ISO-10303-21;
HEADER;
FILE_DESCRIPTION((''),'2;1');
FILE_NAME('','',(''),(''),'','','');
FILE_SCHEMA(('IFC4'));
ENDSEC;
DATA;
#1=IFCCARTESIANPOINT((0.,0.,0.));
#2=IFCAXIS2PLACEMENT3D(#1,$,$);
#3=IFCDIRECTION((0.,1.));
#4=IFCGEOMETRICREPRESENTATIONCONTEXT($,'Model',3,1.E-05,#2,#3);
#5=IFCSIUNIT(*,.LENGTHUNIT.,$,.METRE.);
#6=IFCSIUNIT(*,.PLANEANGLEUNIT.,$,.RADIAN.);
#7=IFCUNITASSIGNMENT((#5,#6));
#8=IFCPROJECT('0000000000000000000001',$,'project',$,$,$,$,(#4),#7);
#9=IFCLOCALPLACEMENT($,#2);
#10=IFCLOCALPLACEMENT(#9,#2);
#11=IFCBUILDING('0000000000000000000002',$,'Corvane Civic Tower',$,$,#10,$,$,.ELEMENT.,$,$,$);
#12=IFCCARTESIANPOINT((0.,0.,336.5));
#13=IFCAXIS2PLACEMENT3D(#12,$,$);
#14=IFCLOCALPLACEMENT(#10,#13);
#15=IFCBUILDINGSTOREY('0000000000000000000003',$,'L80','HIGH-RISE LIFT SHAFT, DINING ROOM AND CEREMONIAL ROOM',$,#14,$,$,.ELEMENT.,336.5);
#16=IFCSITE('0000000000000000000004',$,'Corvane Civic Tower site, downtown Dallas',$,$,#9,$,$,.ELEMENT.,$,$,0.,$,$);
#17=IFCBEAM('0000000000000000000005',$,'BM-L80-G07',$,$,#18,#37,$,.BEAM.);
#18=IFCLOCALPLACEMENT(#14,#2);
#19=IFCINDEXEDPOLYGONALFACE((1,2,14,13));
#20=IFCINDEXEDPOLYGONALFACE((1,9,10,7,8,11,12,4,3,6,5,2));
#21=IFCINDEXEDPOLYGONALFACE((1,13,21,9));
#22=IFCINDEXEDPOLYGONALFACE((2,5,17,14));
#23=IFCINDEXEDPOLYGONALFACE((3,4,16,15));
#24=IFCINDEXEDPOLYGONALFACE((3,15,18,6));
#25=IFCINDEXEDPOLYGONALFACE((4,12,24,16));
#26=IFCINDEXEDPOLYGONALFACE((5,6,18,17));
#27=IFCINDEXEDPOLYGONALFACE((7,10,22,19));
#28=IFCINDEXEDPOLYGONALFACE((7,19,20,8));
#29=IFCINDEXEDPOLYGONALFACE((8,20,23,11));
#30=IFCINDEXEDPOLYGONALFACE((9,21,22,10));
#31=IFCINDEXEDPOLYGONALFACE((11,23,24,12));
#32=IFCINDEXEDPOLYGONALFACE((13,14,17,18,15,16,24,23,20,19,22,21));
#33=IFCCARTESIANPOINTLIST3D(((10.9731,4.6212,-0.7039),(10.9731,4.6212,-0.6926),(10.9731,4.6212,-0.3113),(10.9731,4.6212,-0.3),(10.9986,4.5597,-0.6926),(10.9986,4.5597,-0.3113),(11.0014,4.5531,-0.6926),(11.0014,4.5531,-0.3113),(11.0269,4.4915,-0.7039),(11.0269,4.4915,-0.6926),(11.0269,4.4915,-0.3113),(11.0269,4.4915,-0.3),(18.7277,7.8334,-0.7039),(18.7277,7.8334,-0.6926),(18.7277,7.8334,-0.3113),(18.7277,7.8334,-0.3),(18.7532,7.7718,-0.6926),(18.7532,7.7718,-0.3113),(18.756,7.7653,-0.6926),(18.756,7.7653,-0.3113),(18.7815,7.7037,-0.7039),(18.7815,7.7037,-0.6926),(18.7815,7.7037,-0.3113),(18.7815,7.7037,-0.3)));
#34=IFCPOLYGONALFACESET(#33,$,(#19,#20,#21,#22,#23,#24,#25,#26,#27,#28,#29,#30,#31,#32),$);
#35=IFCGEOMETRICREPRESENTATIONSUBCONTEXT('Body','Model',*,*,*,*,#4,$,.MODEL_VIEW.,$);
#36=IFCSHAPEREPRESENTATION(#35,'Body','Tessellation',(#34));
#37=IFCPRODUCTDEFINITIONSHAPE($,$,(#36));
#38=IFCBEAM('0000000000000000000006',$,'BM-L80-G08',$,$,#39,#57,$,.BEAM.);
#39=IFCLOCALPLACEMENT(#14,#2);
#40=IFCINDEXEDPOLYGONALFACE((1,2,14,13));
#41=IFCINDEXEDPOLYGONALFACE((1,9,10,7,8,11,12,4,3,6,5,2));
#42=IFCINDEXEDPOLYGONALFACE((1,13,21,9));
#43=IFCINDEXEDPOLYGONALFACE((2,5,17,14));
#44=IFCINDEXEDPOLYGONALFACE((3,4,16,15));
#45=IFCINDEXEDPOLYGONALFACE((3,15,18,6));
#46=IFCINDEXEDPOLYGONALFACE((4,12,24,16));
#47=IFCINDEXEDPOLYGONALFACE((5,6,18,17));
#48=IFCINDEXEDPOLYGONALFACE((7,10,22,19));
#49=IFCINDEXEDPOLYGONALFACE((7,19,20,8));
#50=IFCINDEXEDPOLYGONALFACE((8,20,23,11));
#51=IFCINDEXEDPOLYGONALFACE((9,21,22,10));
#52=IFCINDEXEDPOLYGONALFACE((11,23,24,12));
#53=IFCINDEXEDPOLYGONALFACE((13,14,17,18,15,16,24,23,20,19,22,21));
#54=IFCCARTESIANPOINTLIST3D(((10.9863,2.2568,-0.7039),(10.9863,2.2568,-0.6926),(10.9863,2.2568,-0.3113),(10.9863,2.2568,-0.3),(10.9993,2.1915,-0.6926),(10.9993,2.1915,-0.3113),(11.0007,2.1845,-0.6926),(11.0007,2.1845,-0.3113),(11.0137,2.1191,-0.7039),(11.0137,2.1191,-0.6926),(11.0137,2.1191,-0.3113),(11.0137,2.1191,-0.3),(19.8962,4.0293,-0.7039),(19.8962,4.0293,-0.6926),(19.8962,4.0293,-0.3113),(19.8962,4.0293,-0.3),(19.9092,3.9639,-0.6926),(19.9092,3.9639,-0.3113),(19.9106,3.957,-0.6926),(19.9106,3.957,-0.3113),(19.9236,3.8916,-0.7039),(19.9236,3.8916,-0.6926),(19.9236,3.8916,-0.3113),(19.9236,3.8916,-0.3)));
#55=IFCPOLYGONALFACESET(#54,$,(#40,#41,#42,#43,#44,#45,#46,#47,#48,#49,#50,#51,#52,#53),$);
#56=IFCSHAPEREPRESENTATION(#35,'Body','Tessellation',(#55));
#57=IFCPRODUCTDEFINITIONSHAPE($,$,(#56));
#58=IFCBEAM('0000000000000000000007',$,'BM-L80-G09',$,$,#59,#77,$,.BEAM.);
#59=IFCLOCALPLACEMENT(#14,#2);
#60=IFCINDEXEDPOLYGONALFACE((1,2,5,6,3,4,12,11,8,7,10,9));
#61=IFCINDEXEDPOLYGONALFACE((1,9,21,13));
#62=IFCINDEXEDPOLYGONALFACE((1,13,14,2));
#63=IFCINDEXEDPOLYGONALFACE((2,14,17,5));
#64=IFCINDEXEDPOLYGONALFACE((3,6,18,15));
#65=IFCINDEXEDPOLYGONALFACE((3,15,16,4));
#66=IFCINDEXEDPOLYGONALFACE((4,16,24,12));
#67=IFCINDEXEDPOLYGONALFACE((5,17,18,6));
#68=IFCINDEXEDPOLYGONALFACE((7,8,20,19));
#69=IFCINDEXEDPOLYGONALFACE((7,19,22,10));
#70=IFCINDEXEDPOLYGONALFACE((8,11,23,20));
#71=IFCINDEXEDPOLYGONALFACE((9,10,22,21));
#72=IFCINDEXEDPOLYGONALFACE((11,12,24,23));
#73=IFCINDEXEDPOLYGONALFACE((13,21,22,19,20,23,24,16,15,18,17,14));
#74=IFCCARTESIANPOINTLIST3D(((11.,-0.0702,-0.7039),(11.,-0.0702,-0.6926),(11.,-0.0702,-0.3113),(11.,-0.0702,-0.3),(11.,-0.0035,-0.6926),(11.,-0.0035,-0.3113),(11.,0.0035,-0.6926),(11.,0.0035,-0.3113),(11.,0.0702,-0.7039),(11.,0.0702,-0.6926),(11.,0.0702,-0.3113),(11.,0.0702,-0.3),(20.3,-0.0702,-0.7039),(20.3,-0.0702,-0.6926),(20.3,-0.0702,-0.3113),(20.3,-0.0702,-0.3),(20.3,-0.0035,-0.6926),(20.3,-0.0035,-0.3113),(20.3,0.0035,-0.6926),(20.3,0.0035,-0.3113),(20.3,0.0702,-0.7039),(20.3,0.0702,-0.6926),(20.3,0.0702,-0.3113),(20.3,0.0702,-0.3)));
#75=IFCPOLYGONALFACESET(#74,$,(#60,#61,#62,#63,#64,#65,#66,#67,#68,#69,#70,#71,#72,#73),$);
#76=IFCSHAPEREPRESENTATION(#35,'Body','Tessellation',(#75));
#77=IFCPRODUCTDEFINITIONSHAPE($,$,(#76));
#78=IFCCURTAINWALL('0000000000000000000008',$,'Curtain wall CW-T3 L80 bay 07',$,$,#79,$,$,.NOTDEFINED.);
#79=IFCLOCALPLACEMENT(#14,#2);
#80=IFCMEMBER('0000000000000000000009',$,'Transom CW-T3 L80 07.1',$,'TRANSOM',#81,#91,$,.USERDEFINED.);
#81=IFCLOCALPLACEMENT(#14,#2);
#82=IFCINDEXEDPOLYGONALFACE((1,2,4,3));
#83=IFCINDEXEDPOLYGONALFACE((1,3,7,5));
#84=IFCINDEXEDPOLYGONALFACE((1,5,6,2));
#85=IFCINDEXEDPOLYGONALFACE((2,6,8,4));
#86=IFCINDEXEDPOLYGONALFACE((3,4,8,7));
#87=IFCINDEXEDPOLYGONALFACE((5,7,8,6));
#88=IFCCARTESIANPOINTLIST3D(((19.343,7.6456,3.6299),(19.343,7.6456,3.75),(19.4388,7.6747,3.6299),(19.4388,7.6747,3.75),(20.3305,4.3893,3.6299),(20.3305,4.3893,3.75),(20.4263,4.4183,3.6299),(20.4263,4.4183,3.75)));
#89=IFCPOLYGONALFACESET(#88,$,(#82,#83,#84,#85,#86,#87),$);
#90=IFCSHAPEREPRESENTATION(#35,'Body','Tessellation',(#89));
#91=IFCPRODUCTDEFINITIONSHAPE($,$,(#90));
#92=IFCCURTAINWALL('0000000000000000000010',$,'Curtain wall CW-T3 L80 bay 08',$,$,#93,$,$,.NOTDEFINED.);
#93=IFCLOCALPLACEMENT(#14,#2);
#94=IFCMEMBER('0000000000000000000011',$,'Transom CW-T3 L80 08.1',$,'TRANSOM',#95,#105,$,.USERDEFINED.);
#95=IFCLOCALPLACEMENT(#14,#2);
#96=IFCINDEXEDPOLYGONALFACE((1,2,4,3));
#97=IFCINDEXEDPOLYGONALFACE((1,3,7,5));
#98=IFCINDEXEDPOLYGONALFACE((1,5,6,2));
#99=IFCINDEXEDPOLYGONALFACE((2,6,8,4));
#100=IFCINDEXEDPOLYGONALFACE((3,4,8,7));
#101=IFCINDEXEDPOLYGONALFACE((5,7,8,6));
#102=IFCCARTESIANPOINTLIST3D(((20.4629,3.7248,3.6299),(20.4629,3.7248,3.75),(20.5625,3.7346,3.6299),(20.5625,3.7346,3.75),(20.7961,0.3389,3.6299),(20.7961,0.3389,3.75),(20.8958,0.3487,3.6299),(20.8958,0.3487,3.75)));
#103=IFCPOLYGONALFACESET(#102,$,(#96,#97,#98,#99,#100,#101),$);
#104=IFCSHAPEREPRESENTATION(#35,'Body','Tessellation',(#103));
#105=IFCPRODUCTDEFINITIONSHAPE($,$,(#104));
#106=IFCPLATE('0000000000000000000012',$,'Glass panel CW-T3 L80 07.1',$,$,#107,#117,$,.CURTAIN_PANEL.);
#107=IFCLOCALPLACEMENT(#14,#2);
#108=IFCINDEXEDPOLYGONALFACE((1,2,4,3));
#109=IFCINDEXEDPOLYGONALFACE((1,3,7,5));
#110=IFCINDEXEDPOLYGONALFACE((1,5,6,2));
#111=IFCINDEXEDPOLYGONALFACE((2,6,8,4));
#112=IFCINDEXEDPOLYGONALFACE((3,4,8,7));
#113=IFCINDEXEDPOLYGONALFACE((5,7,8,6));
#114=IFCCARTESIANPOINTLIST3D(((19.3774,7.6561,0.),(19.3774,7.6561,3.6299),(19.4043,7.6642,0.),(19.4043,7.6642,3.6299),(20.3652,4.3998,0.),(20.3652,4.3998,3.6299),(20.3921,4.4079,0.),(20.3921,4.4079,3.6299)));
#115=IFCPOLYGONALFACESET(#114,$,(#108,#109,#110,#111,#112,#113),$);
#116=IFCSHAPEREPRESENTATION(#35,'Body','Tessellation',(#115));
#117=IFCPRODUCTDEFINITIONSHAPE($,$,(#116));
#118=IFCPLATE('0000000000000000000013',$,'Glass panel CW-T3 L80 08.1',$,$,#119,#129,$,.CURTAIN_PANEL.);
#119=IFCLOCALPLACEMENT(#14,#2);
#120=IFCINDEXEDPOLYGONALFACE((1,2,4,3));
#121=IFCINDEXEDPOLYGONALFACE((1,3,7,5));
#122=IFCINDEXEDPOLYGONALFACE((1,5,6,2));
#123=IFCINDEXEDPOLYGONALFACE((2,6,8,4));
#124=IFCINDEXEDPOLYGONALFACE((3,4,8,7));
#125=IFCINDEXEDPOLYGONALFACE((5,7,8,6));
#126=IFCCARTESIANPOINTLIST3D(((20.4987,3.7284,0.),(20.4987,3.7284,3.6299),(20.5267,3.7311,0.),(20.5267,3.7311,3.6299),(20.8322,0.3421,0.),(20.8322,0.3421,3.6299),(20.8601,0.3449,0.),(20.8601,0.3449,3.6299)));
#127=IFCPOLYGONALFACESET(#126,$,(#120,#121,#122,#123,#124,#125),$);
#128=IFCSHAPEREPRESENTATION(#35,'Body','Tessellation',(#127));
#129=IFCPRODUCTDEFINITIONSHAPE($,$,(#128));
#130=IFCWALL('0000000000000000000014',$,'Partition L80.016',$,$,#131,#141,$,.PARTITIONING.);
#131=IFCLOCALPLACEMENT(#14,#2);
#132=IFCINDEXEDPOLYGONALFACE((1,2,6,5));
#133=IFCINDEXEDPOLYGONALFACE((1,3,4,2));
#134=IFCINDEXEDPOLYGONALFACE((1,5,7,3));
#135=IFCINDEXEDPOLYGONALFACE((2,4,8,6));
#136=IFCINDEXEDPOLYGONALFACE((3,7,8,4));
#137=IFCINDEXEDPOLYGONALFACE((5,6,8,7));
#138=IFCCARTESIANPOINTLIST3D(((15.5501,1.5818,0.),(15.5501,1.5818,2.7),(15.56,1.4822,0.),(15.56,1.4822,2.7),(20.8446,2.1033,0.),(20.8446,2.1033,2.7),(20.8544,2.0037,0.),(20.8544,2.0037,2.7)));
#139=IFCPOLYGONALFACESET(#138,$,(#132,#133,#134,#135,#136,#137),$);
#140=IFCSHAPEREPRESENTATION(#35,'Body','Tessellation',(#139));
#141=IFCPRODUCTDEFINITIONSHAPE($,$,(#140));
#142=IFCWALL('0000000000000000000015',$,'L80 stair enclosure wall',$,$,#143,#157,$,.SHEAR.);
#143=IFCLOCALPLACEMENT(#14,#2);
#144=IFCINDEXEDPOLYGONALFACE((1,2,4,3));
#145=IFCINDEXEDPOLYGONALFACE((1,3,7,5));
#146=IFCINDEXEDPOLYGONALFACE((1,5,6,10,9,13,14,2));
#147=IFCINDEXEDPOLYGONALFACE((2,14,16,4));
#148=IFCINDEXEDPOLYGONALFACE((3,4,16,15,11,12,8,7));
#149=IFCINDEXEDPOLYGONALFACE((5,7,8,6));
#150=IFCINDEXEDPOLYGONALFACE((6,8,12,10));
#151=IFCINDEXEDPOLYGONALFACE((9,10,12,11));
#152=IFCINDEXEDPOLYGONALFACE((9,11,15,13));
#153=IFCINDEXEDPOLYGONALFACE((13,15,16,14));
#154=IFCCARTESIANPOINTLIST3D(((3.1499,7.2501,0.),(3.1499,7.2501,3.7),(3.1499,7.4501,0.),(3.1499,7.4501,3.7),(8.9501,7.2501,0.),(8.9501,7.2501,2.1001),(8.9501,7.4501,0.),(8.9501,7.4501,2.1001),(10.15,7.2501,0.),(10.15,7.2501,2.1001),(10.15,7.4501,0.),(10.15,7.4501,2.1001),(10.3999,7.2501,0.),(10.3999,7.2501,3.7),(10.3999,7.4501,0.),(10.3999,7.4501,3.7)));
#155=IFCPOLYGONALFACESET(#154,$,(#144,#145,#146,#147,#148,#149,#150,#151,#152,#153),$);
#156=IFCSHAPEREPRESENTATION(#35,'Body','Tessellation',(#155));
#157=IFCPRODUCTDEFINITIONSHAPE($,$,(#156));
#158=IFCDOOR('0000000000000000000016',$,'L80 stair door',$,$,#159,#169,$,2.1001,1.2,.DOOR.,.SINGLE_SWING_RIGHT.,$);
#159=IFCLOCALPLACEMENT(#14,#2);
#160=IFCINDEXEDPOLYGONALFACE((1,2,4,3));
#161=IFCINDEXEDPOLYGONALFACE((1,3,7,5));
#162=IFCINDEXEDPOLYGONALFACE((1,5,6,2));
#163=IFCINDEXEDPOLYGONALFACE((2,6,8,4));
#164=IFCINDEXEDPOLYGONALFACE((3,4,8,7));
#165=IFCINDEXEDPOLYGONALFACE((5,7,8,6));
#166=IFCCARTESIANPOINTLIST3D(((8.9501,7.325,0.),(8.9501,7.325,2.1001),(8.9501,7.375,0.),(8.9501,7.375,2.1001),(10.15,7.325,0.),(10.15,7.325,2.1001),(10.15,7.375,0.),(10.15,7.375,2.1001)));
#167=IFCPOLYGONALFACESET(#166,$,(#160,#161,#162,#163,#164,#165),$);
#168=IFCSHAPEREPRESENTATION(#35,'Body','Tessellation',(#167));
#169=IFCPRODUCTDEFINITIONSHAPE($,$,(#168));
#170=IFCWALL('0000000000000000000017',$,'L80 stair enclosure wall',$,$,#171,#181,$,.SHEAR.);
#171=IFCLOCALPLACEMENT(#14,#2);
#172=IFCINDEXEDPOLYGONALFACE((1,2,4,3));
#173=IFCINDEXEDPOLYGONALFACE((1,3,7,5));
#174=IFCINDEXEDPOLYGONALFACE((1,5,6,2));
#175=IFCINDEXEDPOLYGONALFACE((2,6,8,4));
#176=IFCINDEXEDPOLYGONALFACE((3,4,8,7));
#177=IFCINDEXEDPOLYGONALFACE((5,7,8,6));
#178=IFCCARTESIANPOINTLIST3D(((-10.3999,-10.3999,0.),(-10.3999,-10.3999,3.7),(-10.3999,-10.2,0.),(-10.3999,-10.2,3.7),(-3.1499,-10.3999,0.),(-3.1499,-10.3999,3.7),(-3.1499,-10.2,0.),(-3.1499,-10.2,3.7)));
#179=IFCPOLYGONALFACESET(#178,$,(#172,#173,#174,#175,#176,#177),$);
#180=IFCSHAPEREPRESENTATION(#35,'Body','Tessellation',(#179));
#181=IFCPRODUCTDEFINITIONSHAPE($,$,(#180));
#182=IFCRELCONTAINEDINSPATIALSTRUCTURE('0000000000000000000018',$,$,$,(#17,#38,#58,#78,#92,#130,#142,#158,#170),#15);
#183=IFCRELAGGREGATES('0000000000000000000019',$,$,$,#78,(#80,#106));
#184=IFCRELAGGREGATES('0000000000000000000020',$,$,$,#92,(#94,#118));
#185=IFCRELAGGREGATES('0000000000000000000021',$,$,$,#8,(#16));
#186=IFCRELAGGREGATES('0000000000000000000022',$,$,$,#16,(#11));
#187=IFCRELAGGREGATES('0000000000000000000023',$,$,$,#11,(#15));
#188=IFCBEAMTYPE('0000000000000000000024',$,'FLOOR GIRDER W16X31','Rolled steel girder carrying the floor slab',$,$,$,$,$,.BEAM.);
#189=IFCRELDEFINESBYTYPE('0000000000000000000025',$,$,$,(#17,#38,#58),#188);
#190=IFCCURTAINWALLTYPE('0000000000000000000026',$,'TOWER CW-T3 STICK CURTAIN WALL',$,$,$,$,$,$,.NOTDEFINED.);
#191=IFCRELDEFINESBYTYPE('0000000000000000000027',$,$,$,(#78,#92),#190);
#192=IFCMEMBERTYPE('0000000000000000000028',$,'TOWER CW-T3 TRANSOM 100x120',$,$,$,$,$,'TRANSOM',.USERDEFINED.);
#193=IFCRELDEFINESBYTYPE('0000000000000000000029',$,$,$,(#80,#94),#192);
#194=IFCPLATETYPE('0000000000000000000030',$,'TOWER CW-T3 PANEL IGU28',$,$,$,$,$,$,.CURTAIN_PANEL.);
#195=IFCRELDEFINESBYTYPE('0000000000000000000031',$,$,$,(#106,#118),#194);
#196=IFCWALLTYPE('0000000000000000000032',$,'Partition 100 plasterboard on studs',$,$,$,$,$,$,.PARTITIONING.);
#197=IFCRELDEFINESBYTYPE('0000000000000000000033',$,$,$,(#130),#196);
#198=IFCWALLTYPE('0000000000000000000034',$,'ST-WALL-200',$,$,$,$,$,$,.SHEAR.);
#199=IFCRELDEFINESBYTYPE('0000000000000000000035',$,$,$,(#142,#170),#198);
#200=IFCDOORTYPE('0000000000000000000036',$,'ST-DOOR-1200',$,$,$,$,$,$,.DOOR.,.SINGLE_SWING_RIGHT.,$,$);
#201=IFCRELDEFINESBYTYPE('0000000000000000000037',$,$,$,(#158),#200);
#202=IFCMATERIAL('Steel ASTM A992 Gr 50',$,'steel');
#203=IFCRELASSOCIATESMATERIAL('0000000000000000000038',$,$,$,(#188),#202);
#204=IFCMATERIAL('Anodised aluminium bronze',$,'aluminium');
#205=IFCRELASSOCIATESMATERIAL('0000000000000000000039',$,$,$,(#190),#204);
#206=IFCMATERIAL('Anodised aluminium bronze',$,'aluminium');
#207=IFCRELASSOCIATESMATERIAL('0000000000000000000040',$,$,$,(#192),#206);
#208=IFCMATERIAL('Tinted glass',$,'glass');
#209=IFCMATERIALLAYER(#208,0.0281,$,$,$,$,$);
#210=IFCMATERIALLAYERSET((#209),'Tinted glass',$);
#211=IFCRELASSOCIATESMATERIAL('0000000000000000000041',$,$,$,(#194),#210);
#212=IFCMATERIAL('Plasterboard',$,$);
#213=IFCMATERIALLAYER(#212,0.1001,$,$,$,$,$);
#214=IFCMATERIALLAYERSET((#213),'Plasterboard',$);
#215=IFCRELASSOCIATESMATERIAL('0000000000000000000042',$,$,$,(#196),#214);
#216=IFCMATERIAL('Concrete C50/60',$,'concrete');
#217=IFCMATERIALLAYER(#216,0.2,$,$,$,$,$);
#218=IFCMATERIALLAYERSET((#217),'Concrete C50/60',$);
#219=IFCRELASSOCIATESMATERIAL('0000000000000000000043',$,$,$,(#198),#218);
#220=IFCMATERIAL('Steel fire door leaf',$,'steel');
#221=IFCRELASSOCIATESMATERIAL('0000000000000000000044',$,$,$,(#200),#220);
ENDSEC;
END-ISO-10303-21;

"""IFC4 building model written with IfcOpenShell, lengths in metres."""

from ifc_helpers import new_model, si_unit, direction, frame, frame_2d, origin, origin_2d, place, context, subcontext, project, spatial, polyline, rectangle, i_section, outline, extrude, material, layer, layer_set, material_profile, profile_set, type_object, element, fill, aggregate, save


model = new_model("IFC4")

# Units and contexts
model_context = context("Model", 3, precision=1e-05, world=origin(), true_north=direction((0.0, 1.0)))
body_context = subcontext(model_context, "Body", "Model", "MODEL_VIEW")
ifc_project = project(units=[si_unit("LENGTHUNIT", "METRE"), si_unit("PLANEANGLEUNIT", "RADIAN")], contexts=[model_context])

# Site, building, storey
site_placement = place(None, origin())
site = spatial("IfcSite", under=ifc_project, at=site_placement, Name="Corvane Civic Tower site, downtown Dallas", CompositionType="ELEMENT", RefElevation=0.0)
building_placement = place(site_placement, origin())
building = spatial("IfcBuilding", under=site, at=building_placement, Name="Corvane Civic Tower", CompositionType="ELEMENT")
storey_placement = place(building_placement, frame((0.0, 0.0, 336.5)))
storey = spatial("IfcBuildingStorey", under=building, at=storey_placement, Name="L80", Description="HIGH-RISE LIFT SHAFT, DINING ROOM AND CEREMONIAL ROOM", CompositionType="ELEMENT", Elevation=336.5)

# Beams
ifc_material_1 = material(Name="Steel ASTM A992 Gr 50", Category="steel")
ifc_material_profile_1 = material_profile(ifc_material_1, i_section(OverallWidth=0.1404, OverallDepth=0.4038, WebThickness=0.0071, FlangeThickness=0.0112, at=origin_2d()), Name="W16X31")
ifc_profile_set_1 = profile_set([ifc_material_profile_1], Name="Steel ASTM A992 Gr 50")
beam_type_1 = type_object("IfcBeamType", Name="FLOOR GIRDER W16X31", Description="Rolled steel girder carrying the floor slab", PredefinedType="BEAM", material=ifc_profile_set_1)
beam_1_placement = place(storey_placement, frame((11.0, 4.5564, -0.502), z_axis=(0.923876, 0.382692, 0.0), x_axis=(-0.382692, 0.923876, 0.0)))
element("IfcBeam", 1, at=beam_1_placement, inside=storey, type_object=beam_type_1, Name="BM-L80-G07", PredefinedType="BEAM", context=body_context, shape_type="SweptSolid", body=[
    extrude(i_section(OverallWidth=0.1404, OverallDepth=0.4038, WebThickness=0.0071, FlangeThickness=0.0112, at=origin_2d()), origin(), (0.0, 0.0, 1.0), 8.3936),
])
beam_2_placement = place(storey_placement, frame((11.0, 2.188, -0.502), z_axis=(0.980782, 0.195108, 0.0), x_axis=(-0.195108, 0.980782, 0.0)))
element("IfcBeam", 2, at=beam_2_placement, inside=storey, type_object=beam_type_1, Name="BM-L80-G08", PredefinedType="BEAM", context=body_context, shape_type="SweptSolid", body=[
    extrude(i_section(OverallWidth=0.1404, OverallDepth=0.4038, WebThickness=0.0071, FlangeThickness=0.0112, at=origin_2d()), origin(), (0.0, 0.0, 1.0), 9.0845),
])
beam_3_placement = place(storey_placement, frame((11.0, 0.0, -0.502), z_axis=(1.0, 0.0, 0.0), x_axis=(0.0, 1.0, 0.0)))
element("IfcBeam", 3, at=beam_3_placement, inside=storey, type_object=beam_type_1, Name="BM-L80-G09", PredefinedType="BEAM", context=body_context, shape_type="SweptSolid", body=[
    extrude(i_section(OverallWidth=0.1404, OverallDepth=0.4038, WebThickness=0.0071, FlangeThickness=0.0112, at=origin_2d()), origin(), (0.0, 0.0, 1.0), 9.3),
])

# Curtain walls, members
ifc_material_2 = material(Name="Anodised aluminium bronze", Category="aluminium")
curtain_wall_type = type_object("IfcCurtainWallType", Name="TOWER CW-T3 STICK CURTAIN WALL", PredefinedType="NOTDEFINED", material=ifc_material_2)
curtain_wall_1_placement = place(storey_placement, origin())
curtain_wall_1 = element("IfcCurtainWall", 4, at=curtain_wall_1_placement, inside=storey, type_object=curtain_wall_type, Name="Curtain wall CW-T3 L80 bay 07", PredefinedType="NOTDEFINED")
ifc_material_3 = material(Name="Anodised aluminium bronze", Category="aluminium")
ifc_material_profile_2 = material_profile(ifc_material_3, rectangle(XDim=0.1001, YDim=0.1201, at=origin_2d()), Name="TOWER CW-T3 TRANSOM 100x120")
ifc_profile_set_2 = profile_set([ifc_material_profile_2], Name="Anodised aluminium bronze")
member_type = type_object("IfcMemberType", Name="TOWER CW-T3 TRANSOM 100x120", ElementType="TRANSOM", PredefinedType="USERDEFINED", material=ifc_profile_set_2)
member_1_placement = place(storey_placement, frame((19.3909, 7.6602, 3.6899), z_axis=(0.290216, -0.956961, 0.0), x_axis=(0.956961, 0.290216, 0.0)))
member_1 = element("IfcMember", 5, at=member_1_placement, type_object=member_type, Name="Transom CW-T3 L80 07.1", ObjectType="TRANSOM", PredefinedType="USERDEFINED", context=body_context, shape_type="SweptSolid", body=[
    extrude(rectangle(XDim=0.1001, YDim=0.1201, at=origin_2d()), origin(), (0.0, 0.0, 1.0), 3.4028),
])
curtain_wall_2_placement = place(storey_placement, origin())
curtain_wall_2 = element("IfcCurtainWall", 6, at=curtain_wall_2_placement, inside=storey, type_object=curtain_wall_type, Name="Curtain wall CW-T3 L80 bay 08", PredefinedType="NOTDEFINED")
member_2_placement = place(storey_placement, frame((20.5127, 3.7297, 3.6899), z_axis=(0.097948, -0.995192, 0.0), x_axis=(0.995192, 0.097948, 0.0)))
member_2 = element("IfcMember", 7, at=member_2_placement, type_object=member_type, Name="Transom CW-T3 L80 08.1", ObjectType="TRANSOM", PredefinedType="USERDEFINED", context=body_context, shape_type="SweptSolid", body=[
    extrude(rectangle(XDim=0.1001, YDim=0.1201, at=origin_2d()), origin(), (0.0, 0.0, 1.0), 3.4023),
])

# Plates
ifc_material_4 = material(Name="Tinted glass", Category="glass")
ifc_layer_1 = layer(ifc_material_4, 0.0281)
ifc_layer_set_1 = layer_set([ifc_layer_1], Name="Tinted glass")
plate_type = type_object("IfcPlateType", Name="TOWER CW-T3 PANEL IGU28", PredefinedType="CURTAIN_PANEL", material=ifc_layer_set_1)
plate_1_placement = place(storey_placement, frame((19.8848, 6.032, 0.0), z_axis=(0.0, 0.0, 1.0), x_axis=(0.29029, -0.956939, 0.0)))
plate_1 = element("IfcPlate", 8, at=plate_1_placement, type_object=plate_type, Name="Glass panel CW-T3 L80 07.1", PredefinedType="CURTAIN_PANEL", context=body_context, shape_type="SweptSolid", body=[
    extrude(rectangle(XDim=3.4028, YDim=0.0281, at=origin_2d()), origin(), (0.0, 0.0, 1.0), 3.6299),
])
aggregate(curtain_wall_1, [member_1, plate_1])
plate_2_placement = place(storey_placement, frame((20.6794, 2.0366, 0.0), z_axis=(0.0, 0.0, 1.0), x_axis=(0.097998, -0.995187, 0.0)))
plate_2 = element("IfcPlate", 9, at=plate_2_placement, type_object=plate_type, Name="Glass panel CW-T3 L80 08.1", PredefinedType="CURTAIN_PANEL", context=body_context, shape_type="SweptSolid", body=[
    extrude(rectangle(XDim=3.4026, YDim=0.0281, at=origin_2d()), origin(), (0.0, 0.0, 1.0), 3.6299),
])
aggregate(curtain_wall_2, [member_2, plate_2])

# Wall
ifc_material_5 = material(Name="Plasterboard")
ifc_layer_2 = layer(ifc_material_5, 0.1001)
ifc_layer_set_2 = layer_set([ifc_layer_2], Name="Plasterboard")
wall_type_1 = type_object("IfcWallType", Name="Partition 100 plasterboard on studs", PredefinedType="PARTITIONING", material=ifc_layer_set_2)
wall_1_placement = place(storey_placement, frame((15.5549, 1.532, 0.0), z_axis=(0.0, 0.0, 1.0), x_axis=(0.995184, 0.098022, 0.0)))
element("IfcWall", 10, at=wall_1_placement, inside=storey, type_object=wall_type_1, Name="Partition L80.016", PredefinedType="PARTITIONING", context=body_context, shape_type="SweptSolid", body=[
    extrude(rectangle(XDim=5.3201, YDim=0.1001, at=frame_2d((2.6602, 0.0))), origin(), (0.0, 0.0, 1.0), 2.7),
])

# Wall, opening, door
ifc_material_6 = material(Name="Concrete C50/60", Category="concrete")
ifc_layer_3 = layer(ifc_material_6, 0.2)
ifc_layer_set_3 = layer_set([ifc_layer_3], Name="Concrete C50/60")
wall_type_2 = type_object("IfcWallType", Name="ST-WALL-200", PredefinedType="SHEAR", material=ifc_layer_set_3)
wall_2_placement = place(storey_placement, frame((3.1499, 7.3501, 0.0), z_axis=(0.0, 0.0, 1.0), x_axis=(1.0, 0.0, 0.0)))
wall_2 = element("IfcWall", 11, at=wall_2_placement, inside=storey, type_object=wall_type_2, Name="L80 stair enclosure wall", PredefinedType="SHEAR", context=body_context, shape_type="SweptSolid", body=[
    extrude(rectangle(XDim=7.25, YDim=0.2, at=frame_2d((3.625, 0.0))), origin(), (0.0, 0.0, 1.0), 3.7),
])
opening_1_placement = place(wall_2_placement, frame((5.8, 0.0, 0.0)))
opening_1 = element("IfcOpeningElement", 12, at=opening_1_placement, cuts=wall_2, PredefinedType="OPENING", context=body_context, shape_type="SweptSolid", body=[
    extrude(rectangle(XDim=1.2, YDim=2.1001, at=frame_2d((0.6001, 1.05))), frame((0.0, 0.1099, 0.0), z_axis=(0.0, -1.0, 0.0), x_axis=(1.0, 0.0, 0.0)), (0.0, 0.0, 1.0), 0.22),
])
ifc_material_7 = material(Name="Steel fire door leaf", Category="steel")
door_type_1 = type_object("IfcDoorType", Name="ST-DOOR-1200", OperationType="SINGLE_SWING_RIGHT", PredefinedType="DOOR", material=ifc_material_7)
door_1_placement = place(opening_1_placement, origin())
door_1 = element("IfcDoor", 13, at=door_1_placement, inside=storey, type_object=door_type_1, Name="L80 stair door", OperationType="SINGLE_SWING_RIGHT", OverallHeight=2.1001, OverallWidth=1.2, PredefinedType="DOOR", context=body_context, shape_type="SweptSolid", body=[
    extrude(rectangle(XDim=1.2, YDim=2.1001, at=frame_2d((0.6001, 1.05))), frame((0.0, 0.0249, 0.0), z_axis=(0.0, -1.0, 0.0), x_axis=(1.0, 0.0, 0.0)), (0.0, 0.0, 1.0), 0.05),
])
fill(opening_1, door_1)

# Wall
wall_3_placement = place(storey_placement, origin())
element("IfcWall", 14, at=wall_3_placement, inside=storey, type_object=wall_type_2, Name="L80 stair enclosure wall", PredefinedType="SHEAR", context=body_context, shape_type="SweptSolid", body=[
    extrude(outline(polyline([(-3.1499, -10.2), (-3.1499, -10.3999), (-10.3999, -10.3999), (-10.3999, -10.2), (-3.1499, -10.2)])), origin(), (0.0, 0.0, 1.0), 3.7),
])

save(model, "model.ifc")
